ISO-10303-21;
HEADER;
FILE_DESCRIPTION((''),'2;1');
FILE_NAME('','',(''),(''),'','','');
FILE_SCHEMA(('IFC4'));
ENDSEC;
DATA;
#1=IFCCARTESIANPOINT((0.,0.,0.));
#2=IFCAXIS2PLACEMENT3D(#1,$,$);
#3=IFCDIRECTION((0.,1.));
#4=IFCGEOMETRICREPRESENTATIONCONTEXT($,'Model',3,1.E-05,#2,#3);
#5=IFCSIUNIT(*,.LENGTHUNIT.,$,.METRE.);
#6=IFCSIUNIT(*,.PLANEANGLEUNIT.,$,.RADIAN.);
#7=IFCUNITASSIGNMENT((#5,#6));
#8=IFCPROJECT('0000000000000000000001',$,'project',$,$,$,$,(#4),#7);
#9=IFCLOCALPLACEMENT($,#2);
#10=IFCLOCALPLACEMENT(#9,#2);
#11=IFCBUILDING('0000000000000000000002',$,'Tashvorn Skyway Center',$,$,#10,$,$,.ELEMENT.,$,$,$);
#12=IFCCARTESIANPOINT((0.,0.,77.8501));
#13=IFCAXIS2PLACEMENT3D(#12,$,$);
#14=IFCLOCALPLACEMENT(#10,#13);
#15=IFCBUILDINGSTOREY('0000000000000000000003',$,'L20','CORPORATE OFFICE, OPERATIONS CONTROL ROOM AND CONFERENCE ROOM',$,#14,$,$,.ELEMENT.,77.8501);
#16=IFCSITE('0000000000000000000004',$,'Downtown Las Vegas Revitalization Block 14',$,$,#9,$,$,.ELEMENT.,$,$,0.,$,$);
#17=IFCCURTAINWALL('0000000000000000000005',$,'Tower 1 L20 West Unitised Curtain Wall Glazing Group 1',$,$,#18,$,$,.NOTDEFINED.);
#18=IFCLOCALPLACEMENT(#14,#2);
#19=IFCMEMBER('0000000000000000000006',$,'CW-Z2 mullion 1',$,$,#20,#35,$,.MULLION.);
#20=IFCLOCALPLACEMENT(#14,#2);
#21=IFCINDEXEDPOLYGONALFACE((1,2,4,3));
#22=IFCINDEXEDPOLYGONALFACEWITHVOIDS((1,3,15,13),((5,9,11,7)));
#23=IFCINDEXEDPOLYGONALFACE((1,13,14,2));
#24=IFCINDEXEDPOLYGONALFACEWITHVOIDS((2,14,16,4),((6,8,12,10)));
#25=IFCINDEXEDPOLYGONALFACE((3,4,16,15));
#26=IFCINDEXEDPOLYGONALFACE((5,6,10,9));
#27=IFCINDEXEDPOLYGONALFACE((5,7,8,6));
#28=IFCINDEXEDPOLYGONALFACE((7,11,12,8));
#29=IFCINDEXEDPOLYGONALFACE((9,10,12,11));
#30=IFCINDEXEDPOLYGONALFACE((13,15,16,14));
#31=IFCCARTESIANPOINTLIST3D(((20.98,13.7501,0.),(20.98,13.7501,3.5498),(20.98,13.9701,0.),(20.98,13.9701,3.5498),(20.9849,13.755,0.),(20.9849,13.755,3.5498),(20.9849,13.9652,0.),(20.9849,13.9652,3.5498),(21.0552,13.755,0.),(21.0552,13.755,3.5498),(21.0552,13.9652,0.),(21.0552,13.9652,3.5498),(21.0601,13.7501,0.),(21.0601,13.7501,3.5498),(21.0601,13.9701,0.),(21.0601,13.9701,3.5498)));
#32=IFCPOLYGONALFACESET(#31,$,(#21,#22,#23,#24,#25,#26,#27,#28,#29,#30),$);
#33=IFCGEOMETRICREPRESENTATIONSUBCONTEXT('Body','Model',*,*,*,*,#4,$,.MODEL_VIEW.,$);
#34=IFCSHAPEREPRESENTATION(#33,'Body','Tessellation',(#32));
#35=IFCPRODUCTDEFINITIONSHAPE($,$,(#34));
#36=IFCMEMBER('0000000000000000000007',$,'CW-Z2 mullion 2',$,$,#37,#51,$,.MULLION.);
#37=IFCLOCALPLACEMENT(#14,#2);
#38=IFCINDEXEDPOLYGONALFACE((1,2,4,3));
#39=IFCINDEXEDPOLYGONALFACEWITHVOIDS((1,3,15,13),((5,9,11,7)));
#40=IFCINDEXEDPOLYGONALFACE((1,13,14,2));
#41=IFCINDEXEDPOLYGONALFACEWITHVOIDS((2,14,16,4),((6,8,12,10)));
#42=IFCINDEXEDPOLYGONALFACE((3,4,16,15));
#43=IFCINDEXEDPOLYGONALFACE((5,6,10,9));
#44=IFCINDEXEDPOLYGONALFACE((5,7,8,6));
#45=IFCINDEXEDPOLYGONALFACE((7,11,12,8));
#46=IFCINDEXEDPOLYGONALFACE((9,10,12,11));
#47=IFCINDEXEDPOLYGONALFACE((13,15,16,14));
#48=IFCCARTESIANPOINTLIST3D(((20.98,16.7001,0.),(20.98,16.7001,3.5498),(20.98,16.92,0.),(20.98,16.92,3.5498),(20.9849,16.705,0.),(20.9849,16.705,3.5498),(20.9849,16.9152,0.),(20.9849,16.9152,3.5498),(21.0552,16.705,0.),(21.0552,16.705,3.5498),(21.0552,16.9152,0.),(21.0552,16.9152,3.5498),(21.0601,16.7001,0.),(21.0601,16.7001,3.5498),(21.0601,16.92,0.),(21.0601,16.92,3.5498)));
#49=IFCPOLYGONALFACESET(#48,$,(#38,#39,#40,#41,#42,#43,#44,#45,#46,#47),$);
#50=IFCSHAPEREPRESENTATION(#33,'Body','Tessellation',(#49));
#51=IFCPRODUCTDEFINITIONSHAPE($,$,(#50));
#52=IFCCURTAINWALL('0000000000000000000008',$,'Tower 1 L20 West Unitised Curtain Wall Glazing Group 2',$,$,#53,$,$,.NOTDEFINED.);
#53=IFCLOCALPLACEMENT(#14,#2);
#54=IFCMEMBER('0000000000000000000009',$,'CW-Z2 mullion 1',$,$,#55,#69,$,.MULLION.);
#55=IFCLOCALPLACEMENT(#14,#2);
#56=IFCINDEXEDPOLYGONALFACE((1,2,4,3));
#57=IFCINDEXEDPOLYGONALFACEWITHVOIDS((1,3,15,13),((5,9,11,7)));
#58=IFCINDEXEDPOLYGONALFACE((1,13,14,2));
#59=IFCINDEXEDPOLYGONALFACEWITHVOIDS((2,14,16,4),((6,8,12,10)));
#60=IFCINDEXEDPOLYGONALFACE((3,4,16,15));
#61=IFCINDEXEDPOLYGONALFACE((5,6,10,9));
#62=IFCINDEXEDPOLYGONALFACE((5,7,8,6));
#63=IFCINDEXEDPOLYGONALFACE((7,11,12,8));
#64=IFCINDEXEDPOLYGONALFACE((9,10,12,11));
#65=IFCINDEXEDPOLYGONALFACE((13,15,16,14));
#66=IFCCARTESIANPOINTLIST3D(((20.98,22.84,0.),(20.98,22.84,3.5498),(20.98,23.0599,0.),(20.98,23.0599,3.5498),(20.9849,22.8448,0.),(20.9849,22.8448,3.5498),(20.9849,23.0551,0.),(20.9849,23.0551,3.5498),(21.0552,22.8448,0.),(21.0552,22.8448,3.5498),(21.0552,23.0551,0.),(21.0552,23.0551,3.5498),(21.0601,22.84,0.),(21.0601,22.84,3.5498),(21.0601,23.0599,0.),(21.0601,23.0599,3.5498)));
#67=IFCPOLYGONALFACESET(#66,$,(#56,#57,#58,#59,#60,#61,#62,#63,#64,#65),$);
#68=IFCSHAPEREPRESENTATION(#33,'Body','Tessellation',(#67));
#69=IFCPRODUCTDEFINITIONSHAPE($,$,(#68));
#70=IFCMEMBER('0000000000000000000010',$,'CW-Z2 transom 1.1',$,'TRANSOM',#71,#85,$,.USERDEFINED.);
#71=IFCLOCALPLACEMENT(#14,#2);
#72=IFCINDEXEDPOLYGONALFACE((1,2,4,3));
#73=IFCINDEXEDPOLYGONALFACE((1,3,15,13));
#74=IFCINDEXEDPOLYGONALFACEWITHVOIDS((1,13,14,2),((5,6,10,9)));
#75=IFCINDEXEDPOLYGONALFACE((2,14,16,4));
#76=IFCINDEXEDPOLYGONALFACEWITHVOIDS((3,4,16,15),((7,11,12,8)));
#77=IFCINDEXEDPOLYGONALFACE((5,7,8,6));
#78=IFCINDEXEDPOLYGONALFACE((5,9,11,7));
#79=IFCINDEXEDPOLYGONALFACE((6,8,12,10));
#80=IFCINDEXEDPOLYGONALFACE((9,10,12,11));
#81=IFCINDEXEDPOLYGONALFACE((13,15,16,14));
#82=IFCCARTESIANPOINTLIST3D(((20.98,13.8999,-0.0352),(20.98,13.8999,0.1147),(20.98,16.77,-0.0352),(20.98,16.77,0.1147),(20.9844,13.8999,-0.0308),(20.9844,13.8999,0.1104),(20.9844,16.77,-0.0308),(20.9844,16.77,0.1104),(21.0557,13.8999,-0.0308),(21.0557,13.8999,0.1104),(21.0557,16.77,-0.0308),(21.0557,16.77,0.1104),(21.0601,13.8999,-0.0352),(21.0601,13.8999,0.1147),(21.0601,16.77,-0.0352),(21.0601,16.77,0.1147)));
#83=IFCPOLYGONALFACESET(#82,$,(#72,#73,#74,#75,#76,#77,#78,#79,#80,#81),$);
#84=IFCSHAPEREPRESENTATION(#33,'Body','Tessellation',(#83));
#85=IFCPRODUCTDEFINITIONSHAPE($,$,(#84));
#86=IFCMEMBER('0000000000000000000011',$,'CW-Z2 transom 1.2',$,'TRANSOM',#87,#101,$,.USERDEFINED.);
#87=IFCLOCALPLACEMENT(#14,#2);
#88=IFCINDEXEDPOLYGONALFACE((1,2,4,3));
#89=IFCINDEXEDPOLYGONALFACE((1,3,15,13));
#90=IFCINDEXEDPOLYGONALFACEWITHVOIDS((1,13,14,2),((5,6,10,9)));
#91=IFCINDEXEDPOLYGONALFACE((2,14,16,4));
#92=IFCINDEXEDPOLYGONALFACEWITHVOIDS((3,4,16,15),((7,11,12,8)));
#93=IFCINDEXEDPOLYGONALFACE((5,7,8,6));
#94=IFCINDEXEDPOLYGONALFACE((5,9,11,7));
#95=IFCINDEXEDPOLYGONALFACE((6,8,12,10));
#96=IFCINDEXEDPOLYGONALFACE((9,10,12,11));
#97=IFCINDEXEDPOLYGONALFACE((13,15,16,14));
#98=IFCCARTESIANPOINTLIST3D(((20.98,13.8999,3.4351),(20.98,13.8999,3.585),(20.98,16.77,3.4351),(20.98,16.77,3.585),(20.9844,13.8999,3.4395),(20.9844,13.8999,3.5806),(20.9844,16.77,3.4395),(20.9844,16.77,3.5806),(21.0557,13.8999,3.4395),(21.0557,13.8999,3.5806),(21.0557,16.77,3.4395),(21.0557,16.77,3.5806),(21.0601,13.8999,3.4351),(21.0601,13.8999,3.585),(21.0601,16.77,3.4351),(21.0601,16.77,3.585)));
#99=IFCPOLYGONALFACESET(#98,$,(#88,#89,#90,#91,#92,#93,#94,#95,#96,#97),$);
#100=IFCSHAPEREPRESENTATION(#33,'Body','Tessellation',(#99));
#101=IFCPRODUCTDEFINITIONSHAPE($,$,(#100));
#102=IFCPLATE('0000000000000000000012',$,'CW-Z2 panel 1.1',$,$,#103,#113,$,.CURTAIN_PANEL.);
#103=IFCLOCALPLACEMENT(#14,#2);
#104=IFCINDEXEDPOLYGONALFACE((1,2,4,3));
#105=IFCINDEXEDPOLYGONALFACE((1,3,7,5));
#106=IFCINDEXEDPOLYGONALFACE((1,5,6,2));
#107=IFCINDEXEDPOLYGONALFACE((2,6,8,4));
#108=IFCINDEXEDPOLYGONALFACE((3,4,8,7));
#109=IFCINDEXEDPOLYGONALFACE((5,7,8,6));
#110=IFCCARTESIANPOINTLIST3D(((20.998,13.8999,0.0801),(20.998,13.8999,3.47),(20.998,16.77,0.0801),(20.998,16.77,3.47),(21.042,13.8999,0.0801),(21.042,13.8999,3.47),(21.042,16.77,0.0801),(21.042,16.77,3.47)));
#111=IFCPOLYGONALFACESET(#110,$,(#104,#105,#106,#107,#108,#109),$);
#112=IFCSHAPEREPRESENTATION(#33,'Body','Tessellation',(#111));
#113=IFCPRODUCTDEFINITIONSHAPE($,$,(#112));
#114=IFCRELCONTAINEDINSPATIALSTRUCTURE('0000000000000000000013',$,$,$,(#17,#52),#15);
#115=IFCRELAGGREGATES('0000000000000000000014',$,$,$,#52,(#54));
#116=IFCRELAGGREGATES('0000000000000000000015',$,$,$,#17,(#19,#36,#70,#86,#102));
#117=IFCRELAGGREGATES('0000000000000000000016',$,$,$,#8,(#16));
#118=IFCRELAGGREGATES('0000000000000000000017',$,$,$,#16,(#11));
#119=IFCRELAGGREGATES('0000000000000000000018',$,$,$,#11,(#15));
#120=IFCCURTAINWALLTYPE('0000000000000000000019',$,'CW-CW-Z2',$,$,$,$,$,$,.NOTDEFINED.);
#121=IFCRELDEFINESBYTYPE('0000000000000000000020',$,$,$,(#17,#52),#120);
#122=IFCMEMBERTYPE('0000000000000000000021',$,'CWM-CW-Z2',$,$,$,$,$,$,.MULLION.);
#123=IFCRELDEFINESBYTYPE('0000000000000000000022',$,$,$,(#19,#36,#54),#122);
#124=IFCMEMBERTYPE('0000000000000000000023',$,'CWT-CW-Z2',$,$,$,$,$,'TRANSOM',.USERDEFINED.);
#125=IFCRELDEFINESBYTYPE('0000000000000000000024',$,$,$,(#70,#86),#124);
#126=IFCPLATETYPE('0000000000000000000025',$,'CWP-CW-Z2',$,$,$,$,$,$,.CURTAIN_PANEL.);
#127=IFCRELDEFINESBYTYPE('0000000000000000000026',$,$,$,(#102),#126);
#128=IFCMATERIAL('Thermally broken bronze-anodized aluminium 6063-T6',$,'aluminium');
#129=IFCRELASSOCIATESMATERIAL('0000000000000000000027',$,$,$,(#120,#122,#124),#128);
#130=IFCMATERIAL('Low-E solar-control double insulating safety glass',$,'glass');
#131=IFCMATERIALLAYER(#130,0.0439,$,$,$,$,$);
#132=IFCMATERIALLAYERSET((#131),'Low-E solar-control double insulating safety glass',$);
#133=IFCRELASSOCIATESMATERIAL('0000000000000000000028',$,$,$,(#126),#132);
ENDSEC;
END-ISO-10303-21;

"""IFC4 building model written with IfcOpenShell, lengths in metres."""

from ifc_helpers import new_model, si_unit, direction, frame, origin, origin_2d, place, context, subcontext, project, spatial, rectangle, hollow_rectangle, extrude, material, layer, layer_set, material_profile, profile_set, type_object, element, aggregate, save


model = new_model("IFC4")

# Units and contexts
model_context = context("Model", 3, precision=1e-05, world=origin(), true_north=direction((0.0, 1.0)))
body_context = subcontext(model_context, "Body", "Model", "MODEL_VIEW")
ifc_project = project(units=[si_unit("LENGTHUNIT", "METRE"), si_unit("PLANEANGLEUNIT", "RADIAN")], contexts=[model_context])

# Site, building, storey
site_placement = place(None, origin())
site = spatial("IfcSite", under=ifc_project, at=site_placement, Name="Downtown Las Vegas Revitalization Block 14", CompositionType="ELEMENT", RefElevation=0.0)
building_placement = place(site_placement, origin())
building = spatial("IfcBuilding", under=site, at=building_placement, Name="Tashvorn Skyway Center", CompositionType="ELEMENT")
storey_placement = place(building_placement, frame((0.0, 0.0, 77.8501)))
storey = spatial("IfcBuildingStorey", under=building, at=storey_placement, Name="L20", Description="CORPORATE OFFICE, OPERATIONS CONTROL ROOM AND CONFERENCE ROOM", CompositionType="ELEMENT", Elevation=77.8501)

# Curtain wall, members
ifc_material_1 = material(Name="Thermally broken bronze-anodized aluminium 6063-T6", Category="aluminium")
curtain_wall_type = type_object("IfcCurtainWallType", Name="CW-CW-Z2", PredefinedType="NOTDEFINED", material=ifc_material_1)
curtain_wall_1_placement = place(storey_placement, origin())
curtain_wall_1 = element("IfcCurtainWall", 1, at=curtain_wall_1_placement, inside=storey, type_object=curtain_wall_type, Name="Tower 1 L20 West Unitised Curtain Wall Glazing Group 1", PredefinedType="NOTDEFINED")
ifc_material_profile_1 = material_profile(ifc_material_1, hollow_rectangle(XDim=0.0801, YDim=0.22, WallThickness=0.0049, at=origin_2d()), Name="ALU-MULL-80x220")
ifc_profile_set_1 = profile_set([ifc_material_profile_1], Name="Thermally broken bronze-anodized aluminium 6063-T6")
member_type_1 = type_object("IfcMemberType", Name="CWM-CW-Z2", PredefinedType="MULLION", material=ifc_profile_set_1)
member_1_placement = place(storey_placement, frame((21.02, 13.8601, 0.0), z_axis=(0.0, 0.0, 1.0), x_axis=(-1.0, 0.0, 0.0)))
member_1 = element("IfcMember", 2, at=member_1_placement, type_object=member_type_1, Name="CW-Z2 mullion 1", PredefinedType="MULLION", context=body_context, shape_type="SweptSolid", body=[
    extrude(hollow_rectangle(XDim=0.0801, YDim=0.22, WallThickness=0.0049, at=origin_2d()), origin(), (0.0, 0.0, 1.0), 3.5498),
])
member_2_placement = place(storey_placement, frame((21.02, 16.8101, 0.0), z_axis=(0.0, 0.0, 1.0), x_axis=(-1.0, 0.0, 0.0)))
member_2 = element("IfcMember", 3, at=member_2_placement, type_object=member_type_1, Name="CW-Z2 mullion 2", PredefinedType="MULLION", context=body_context, shape_type="SweptSolid", body=[
    extrude(hollow_rectangle(XDim=0.0801, YDim=0.22, WallThickness=0.0049, at=origin_2d()), origin(), (0.0, 0.0, 1.0), 3.5498),
])

# Curtain wall, member
curtain_wall_2_placement = place(storey_placement, origin())
curtain_wall_2 = element("IfcCurtainWall", 4, at=curtain_wall_2_placement, inside=storey, type_object=curtain_wall_type, Name="Tower 1 L20 West Unitised Curtain Wall Glazing Group 2", PredefinedType="NOTDEFINED")
member_3_placement = place(storey_placement, frame((21.02, 22.95, 0.0), z_axis=(0.0, 0.0, 1.0), x_axis=(-1.0, 0.0, 0.0)))
member_3 = element("IfcMember", 5, at=member_3_placement, type_object=member_type_1, Name="CW-Z2 mullion 1", PredefinedType="MULLION", context=body_context, shape_type="SweptSolid", body=[
    extrude(hollow_rectangle(XDim=0.0801, YDim=0.22, WallThickness=0.0049, at=origin_2d()), origin(), (0.0, 0.0, 1.0), 3.5498),
])
aggregate(curtain_wall_2, [member_3])

# Members
ifc_material_profile_2 = material_profile(ifc_material_1, hollow_rectangle(XDim=0.0801, YDim=0.1499, WallThickness=0.0044, at=origin_2d()), Name="ALU-TRAN-80x150")
ifc_profile_set_2 = profile_set([ifc_material_profile_2], Name="Thermally broken bronze-anodized aluminium 6063-T6")
member_type_2 = type_object("IfcMemberType", Name="CWT-CW-Z2", ElementType="TRANSOM", PredefinedType="USERDEFINED", material=ifc_profile_set_2)
member_4_placement = place(storey_placement, frame((21.02, 13.8999, 0.0398), z_axis=(0.0, 1.0, 0.0), x_axis=(-1.0, 0.0, 0.0)))
member_4 = element("IfcMember", 6, at=member_4_placement, type_object=member_type_2, Name="CW-Z2 transom 1.1", ObjectType="TRANSOM", PredefinedType="USERDEFINED", context=body_context, shape_type="SweptSolid", body=[
    extrude(hollow_rectangle(XDim=0.0801, YDim=0.1499, WallThickness=0.0044, at=origin_2d()), origin(), (0.0, 0.0, 1.0), 2.8701),
])
member_5_placement = place(storey_placement, frame((21.02, 13.8999, 3.51), z_axis=(0.0, 1.0, 0.0), x_axis=(-1.0, 0.0, 0.0)))
member_5 = element("IfcMember", 7, at=member_5_placement, type_object=member_type_2, Name="CW-Z2 transom 1.2", ObjectType="TRANSOM", PredefinedType="USERDEFINED", context=body_context, shape_type="SweptSolid", body=[
    extrude(hollow_rectangle(XDim=0.0801, YDim=0.1499, WallThickness=0.0044, at=origin_2d()), origin(), (0.0, 0.0, 1.0), 2.8701),
])

# Plate
ifc_material_2 = material(Name="Low-E solar-control double insulating safety glass", Category="glass")
ifc_layer_1 = layer(ifc_material_2, 0.0439)
ifc_layer_set_1 = layer_set([ifc_layer_1], Name="Low-E solar-control double insulating safety glass")
plate_type = type_object("IfcPlateType", Name="CWP-CW-Z2", PredefinedType="CURTAIN_PANEL", material=ifc_layer_set_1)
plate_placement = place(storey_placement, frame((21.02, 15.335, 0.0801), z_axis=(0.0, 0.0, 1.0), x_axis=(0.0, 1.0, 0.0)))
plate = element("IfcPlate", 8, at=plate_placement, type_object=plate_type, Name="CW-Z2 panel 1.1", PredefinedType="CURTAIN_PANEL", context=body_context, shape_type="SweptSolid", body=[
    extrude(rectangle(XDim=2.8701, YDim=0.0439, at=origin_2d()), origin(), (0.0, 0.0, 1.0), 3.3899),
])
aggregate(curtain_wall_1, [member_1, member_2, member_4, member_5, plate])

save(model, "model.ifc")
